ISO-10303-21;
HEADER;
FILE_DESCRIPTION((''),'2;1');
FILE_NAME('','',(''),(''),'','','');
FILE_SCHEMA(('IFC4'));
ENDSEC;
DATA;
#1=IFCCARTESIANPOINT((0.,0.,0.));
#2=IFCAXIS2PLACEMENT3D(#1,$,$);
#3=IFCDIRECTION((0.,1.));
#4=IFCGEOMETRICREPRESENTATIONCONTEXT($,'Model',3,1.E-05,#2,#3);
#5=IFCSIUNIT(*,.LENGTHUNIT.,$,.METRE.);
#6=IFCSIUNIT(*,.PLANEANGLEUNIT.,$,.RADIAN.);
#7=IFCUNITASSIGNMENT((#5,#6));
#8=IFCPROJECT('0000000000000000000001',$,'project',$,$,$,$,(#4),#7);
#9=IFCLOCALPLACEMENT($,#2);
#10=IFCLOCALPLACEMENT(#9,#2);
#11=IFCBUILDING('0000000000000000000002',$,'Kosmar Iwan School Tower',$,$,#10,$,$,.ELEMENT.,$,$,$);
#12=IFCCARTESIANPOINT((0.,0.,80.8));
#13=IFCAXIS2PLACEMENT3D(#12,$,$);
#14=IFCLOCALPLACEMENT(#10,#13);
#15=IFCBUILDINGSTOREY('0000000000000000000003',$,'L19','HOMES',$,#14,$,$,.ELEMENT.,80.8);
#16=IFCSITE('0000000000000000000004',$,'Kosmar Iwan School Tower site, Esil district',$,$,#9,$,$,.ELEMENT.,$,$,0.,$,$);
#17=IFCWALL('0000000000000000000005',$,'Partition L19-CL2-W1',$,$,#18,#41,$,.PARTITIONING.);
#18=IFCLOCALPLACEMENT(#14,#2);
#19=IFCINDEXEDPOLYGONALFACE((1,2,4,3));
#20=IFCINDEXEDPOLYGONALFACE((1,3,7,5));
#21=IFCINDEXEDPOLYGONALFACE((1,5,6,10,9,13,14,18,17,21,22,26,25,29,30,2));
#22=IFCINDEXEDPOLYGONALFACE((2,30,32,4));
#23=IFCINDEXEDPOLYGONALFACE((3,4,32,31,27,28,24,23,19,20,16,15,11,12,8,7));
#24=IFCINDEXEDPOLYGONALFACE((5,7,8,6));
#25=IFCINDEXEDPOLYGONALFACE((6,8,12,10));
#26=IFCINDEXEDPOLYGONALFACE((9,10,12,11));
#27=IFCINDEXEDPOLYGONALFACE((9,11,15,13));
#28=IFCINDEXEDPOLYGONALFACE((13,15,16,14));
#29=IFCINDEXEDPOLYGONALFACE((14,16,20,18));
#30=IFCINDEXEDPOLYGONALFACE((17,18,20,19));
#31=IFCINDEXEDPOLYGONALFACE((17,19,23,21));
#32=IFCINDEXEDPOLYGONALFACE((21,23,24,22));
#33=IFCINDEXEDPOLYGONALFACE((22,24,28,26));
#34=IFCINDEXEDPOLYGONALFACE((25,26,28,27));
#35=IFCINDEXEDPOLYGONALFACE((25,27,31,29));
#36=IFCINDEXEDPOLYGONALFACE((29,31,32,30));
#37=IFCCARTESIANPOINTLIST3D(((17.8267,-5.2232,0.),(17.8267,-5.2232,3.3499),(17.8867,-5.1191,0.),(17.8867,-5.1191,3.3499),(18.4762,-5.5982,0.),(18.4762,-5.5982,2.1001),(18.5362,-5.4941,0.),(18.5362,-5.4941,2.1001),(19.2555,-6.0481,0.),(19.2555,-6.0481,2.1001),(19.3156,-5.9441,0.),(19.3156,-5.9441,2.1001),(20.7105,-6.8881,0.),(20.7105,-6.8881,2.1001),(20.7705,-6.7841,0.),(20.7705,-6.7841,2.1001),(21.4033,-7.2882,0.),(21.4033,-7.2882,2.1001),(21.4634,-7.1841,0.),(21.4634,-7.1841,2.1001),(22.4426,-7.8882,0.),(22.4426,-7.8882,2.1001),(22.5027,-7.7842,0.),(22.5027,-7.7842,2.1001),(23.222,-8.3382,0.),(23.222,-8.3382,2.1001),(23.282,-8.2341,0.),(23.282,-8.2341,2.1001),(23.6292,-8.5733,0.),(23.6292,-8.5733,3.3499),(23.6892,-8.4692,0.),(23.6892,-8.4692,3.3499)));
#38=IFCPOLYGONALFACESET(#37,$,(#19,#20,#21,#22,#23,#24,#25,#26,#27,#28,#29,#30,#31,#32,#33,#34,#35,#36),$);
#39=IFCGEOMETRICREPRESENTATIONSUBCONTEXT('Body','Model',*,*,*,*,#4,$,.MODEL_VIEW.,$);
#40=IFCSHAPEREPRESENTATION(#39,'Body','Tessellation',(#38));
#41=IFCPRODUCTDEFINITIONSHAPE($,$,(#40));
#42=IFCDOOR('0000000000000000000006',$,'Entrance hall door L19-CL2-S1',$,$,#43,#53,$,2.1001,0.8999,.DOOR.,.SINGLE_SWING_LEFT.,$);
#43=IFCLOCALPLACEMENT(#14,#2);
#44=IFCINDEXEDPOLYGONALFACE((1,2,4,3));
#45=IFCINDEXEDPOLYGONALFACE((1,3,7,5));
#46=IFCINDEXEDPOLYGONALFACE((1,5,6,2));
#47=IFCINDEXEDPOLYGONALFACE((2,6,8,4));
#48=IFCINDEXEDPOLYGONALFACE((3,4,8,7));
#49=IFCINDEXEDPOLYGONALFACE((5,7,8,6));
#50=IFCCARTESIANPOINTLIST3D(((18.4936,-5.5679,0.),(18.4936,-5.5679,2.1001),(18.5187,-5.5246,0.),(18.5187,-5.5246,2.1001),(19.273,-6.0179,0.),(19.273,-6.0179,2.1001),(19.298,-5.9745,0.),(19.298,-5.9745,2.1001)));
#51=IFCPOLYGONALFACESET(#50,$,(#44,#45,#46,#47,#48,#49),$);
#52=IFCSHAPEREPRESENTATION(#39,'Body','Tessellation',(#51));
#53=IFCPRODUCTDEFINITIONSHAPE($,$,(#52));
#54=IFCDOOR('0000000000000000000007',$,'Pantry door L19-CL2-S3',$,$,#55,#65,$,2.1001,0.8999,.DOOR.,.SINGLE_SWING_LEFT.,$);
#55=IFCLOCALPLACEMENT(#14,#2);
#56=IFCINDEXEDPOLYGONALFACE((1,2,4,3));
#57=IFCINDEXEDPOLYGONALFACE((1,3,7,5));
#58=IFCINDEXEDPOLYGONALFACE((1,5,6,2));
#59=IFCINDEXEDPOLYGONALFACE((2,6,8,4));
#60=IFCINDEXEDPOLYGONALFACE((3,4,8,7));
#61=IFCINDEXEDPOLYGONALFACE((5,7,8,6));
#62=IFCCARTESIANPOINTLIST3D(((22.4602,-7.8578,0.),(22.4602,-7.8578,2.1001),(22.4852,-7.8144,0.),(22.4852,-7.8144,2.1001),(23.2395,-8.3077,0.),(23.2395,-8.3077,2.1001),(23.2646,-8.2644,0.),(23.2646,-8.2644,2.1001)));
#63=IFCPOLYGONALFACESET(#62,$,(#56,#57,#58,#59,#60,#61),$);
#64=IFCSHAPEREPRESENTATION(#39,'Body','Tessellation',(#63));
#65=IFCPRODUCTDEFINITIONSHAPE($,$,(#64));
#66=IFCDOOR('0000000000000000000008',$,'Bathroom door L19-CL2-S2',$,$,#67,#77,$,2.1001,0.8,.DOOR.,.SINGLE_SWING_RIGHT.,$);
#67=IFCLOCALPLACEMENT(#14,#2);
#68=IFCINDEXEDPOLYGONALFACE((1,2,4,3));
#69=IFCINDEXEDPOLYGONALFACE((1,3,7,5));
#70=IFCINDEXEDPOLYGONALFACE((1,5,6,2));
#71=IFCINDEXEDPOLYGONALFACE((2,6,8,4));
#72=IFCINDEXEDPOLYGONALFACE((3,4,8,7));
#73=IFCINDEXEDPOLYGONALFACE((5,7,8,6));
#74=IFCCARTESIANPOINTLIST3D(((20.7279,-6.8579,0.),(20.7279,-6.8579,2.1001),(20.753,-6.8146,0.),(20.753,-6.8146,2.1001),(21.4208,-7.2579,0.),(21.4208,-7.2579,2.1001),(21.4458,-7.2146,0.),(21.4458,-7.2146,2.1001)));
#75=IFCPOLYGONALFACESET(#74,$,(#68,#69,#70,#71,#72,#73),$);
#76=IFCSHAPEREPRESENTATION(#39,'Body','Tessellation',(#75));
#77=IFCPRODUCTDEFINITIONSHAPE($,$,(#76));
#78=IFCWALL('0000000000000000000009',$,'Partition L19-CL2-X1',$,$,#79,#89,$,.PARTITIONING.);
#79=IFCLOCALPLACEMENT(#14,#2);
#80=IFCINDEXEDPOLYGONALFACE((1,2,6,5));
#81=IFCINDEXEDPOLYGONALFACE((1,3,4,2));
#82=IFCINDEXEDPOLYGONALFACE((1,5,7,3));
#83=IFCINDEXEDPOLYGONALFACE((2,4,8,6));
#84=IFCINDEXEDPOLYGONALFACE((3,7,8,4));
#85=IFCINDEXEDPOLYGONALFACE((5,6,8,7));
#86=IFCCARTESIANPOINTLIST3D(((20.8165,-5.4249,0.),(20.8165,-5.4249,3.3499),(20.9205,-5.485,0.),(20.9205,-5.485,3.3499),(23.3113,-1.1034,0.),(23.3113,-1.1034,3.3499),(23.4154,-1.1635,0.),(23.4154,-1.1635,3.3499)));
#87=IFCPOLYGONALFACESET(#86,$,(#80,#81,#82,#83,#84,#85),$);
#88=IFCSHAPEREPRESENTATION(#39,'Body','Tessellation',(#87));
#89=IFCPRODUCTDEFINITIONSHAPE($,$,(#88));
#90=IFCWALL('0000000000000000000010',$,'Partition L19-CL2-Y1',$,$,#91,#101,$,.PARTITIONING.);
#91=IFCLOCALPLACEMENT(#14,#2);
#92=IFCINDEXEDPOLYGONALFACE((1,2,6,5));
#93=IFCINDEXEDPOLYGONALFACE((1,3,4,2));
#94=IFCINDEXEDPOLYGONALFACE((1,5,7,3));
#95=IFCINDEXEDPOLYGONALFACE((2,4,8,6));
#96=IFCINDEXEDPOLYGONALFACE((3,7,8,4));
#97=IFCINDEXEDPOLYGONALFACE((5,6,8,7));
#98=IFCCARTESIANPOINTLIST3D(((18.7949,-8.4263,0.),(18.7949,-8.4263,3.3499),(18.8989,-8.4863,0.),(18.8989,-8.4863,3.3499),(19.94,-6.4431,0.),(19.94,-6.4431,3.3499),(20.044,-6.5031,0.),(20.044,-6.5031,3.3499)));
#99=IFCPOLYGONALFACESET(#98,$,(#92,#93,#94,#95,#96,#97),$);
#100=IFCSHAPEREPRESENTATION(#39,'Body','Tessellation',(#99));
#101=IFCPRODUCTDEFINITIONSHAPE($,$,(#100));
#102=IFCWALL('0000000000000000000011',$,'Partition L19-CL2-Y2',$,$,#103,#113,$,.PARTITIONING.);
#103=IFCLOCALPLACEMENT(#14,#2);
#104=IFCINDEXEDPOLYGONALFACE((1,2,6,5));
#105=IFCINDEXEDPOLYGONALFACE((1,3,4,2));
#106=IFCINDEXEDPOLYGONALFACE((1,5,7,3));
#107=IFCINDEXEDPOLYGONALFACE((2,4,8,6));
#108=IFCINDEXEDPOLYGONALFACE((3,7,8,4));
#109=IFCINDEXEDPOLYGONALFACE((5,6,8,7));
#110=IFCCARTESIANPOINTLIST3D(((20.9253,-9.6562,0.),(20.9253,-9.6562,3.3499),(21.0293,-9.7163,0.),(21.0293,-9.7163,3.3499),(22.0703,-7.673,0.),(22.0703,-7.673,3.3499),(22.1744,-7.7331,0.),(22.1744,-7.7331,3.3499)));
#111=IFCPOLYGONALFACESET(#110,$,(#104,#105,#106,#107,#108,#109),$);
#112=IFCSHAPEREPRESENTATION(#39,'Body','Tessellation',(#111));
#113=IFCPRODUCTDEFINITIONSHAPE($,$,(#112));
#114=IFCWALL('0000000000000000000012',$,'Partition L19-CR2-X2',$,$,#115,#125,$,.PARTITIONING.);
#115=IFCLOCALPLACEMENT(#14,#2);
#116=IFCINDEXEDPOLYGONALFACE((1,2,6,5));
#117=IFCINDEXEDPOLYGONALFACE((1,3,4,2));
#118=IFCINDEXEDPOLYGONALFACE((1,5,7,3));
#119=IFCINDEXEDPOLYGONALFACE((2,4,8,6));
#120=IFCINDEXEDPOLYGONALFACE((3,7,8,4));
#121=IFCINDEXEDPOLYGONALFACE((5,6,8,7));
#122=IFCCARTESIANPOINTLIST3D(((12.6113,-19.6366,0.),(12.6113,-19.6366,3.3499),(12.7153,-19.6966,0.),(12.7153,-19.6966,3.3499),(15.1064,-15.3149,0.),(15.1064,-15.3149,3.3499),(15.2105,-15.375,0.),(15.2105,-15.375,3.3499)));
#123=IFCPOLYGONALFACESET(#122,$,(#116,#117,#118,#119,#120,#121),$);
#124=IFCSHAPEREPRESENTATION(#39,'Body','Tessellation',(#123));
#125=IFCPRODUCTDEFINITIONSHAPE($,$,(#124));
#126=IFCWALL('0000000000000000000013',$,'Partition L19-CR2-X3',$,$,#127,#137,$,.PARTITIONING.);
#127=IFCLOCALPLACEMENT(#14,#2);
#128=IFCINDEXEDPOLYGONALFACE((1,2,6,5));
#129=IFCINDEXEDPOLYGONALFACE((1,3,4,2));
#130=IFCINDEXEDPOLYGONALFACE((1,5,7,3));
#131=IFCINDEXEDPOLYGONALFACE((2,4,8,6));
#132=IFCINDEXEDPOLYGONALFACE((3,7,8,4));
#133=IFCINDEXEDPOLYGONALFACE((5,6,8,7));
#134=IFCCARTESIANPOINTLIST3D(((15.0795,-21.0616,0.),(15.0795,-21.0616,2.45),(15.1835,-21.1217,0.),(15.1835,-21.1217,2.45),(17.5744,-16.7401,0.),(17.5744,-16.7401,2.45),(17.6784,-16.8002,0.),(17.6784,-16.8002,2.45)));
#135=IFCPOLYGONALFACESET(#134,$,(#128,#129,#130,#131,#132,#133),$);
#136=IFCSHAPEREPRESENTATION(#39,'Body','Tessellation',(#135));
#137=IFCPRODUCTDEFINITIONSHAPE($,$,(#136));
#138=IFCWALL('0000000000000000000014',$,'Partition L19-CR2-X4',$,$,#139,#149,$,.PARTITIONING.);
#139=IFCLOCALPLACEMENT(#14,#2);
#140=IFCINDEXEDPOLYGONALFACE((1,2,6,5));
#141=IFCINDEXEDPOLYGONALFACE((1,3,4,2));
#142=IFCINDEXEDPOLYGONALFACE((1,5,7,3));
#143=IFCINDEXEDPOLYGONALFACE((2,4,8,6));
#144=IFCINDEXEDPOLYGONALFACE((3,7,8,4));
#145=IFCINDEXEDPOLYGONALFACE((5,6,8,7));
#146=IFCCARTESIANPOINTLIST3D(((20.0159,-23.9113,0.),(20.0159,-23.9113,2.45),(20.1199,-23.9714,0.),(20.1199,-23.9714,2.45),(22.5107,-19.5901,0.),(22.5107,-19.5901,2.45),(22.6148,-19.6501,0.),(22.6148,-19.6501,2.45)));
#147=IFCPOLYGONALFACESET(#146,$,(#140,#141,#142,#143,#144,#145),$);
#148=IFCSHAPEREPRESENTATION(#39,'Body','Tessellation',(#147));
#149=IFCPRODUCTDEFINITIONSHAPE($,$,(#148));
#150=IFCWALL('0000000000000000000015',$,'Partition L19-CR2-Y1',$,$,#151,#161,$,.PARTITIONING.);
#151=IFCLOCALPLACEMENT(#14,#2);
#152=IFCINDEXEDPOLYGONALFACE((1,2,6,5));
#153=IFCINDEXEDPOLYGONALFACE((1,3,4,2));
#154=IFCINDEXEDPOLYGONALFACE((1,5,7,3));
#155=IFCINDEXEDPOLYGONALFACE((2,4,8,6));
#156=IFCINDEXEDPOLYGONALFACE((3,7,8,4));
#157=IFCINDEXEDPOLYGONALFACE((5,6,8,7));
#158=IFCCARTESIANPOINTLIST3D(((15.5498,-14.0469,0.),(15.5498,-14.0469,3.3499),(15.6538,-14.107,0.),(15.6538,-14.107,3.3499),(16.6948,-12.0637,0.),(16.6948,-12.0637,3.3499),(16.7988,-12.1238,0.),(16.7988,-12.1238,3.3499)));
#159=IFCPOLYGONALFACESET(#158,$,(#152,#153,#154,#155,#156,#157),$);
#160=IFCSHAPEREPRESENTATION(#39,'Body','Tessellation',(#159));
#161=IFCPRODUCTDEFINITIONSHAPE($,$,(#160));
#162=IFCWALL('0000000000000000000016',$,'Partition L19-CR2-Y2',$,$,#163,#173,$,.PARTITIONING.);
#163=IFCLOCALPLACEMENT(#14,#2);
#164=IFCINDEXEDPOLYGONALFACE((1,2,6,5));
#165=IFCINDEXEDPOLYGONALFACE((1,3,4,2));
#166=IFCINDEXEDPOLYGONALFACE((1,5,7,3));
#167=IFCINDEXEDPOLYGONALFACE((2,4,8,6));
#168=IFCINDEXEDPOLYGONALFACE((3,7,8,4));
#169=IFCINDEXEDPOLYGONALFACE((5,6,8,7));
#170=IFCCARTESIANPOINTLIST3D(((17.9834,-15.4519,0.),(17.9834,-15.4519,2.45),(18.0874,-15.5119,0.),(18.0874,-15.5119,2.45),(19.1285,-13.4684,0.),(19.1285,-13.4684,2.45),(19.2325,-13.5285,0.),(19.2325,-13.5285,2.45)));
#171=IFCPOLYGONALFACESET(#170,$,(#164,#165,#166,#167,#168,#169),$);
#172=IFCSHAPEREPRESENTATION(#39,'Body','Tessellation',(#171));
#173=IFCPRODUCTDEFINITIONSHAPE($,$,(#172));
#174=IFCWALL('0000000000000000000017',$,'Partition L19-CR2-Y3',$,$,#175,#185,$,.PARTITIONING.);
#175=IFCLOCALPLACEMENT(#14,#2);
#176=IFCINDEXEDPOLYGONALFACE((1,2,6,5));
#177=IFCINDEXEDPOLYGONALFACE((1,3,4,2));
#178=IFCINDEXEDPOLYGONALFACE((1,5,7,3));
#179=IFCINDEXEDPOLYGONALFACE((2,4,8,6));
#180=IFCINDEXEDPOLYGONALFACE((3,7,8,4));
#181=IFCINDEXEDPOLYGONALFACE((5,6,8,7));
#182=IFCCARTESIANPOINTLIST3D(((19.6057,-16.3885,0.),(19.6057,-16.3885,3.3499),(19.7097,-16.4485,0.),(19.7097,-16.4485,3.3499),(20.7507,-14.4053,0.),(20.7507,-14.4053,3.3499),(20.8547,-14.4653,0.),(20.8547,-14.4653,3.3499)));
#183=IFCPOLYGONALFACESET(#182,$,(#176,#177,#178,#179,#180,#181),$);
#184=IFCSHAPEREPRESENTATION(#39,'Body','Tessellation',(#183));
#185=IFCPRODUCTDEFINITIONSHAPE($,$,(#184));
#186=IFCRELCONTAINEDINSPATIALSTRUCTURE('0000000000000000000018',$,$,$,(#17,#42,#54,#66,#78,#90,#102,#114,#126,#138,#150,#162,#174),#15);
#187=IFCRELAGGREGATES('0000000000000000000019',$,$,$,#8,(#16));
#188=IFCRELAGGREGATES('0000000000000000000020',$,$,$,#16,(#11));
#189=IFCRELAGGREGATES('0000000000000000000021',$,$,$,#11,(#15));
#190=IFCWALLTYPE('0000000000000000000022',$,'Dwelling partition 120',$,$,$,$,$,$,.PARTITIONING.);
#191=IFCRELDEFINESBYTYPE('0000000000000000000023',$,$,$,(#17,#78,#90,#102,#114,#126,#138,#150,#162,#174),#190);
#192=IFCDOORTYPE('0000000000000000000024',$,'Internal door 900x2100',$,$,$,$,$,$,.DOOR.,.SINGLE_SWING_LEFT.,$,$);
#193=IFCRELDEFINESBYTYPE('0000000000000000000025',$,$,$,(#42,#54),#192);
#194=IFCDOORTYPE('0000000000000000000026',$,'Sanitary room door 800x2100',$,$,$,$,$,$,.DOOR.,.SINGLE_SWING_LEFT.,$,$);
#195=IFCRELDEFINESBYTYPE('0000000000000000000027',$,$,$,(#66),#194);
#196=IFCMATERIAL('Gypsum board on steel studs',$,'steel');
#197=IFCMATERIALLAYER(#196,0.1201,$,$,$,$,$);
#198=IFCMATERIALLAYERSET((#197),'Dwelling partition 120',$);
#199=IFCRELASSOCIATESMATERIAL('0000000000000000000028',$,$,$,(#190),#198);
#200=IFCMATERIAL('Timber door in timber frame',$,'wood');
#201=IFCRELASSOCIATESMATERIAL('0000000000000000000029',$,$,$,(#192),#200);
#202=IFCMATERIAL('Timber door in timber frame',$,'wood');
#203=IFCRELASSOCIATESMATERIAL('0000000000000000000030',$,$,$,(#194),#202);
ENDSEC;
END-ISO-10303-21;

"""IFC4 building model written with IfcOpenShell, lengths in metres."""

from ifc_helpers import new_model, si_unit, direction, frame, frame_2d, origin, place, context, subcontext, project, spatial, rectangle, extrude, material, layer, layer_set, type_object, element, fill, save


model = new_model("IFC4")

# Units and contexts
model_context = context("Model", 3, precision=1e-05, world=origin(), true_north=direction((0.0, 1.0)))
body_context = subcontext(model_context, "Body", "Model", "MODEL_VIEW")
ifc_project = project(units=[si_unit("LENGTHUNIT", "METRE"), si_unit("PLANEANGLEUNIT", "RADIAN")], contexts=[model_context])

# Site, building, storey
site_placement = place(None, origin())
site = spatial("IfcSite", under=ifc_project, at=site_placement, Name="Kosmar Iwan School Tower site, Esil district", CompositionType="ELEMENT", RefElevation=0.0)
building_placement = place(site_placement, origin())
building = spatial("IfcBuilding", under=site, at=building_placement, Name="Kosmar Iwan School Tower", CompositionType="ELEMENT")
storey_placement = place(building_placement, frame((0.0, 0.0, 80.8)))
storey = spatial("IfcBuildingStorey", under=building, at=storey_placement, Name="L19", Description="HOMES", CompositionType="ELEMENT", Elevation=80.8)

# Wall, openings, doors
ifc_material_1 = material(Name="Gypsum board on steel studs", Category="steel")
ifc_layer_1 = layer(ifc_material_1, 0.1201)
ifc_layer_set_1 = layer_set([ifc_layer_1], Name="Dwelling partition 120")
wall_type_1 = type_object("IfcWallType", Name="Dwelling partition 120", PredefinedType="PARTITIONING", material=ifc_layer_set_1)
wall_1_placement = place(storey_placement, frame((17.8567, -5.1711, 0.0), z_axis=(0.0, 0.0, 1.0), x_axis=(0.866024, -0.500003, 0.0)))
wall_1 = element("IfcWall", 1, at=wall_1_placement, inside=storey, type_object=wall_type_1, Name="Partition L19-CL2-W1", PredefinedType="PARTITIONING", context=body_context, shape_type="SweptSolid", body=[
    extrude(rectangle(XDim=6.7002, YDim=0.1201, at=frame_2d((3.3501, 0.0))), origin(), (0.0, 0.0, 1.0), 3.3499),
])
opening_1_placement = place(wall_1_placement, frame((0.75, 0.0, 0.0)))
opening_1 = element("IfcOpeningElement", 2, at=opening_1_placement, cuts=wall_1, PredefinedType="OPENING", context=body_context, shape_type="SweptSolid", body=[
    extrude(rectangle(XDim=0.8999, YDim=2.1001, at=frame_2d((0.45, 1.05))), frame((0.0, 0.072, 0.0), z_axis=(0.0, -1.0, 0.0), x_axis=(1.0, 0.0, 0.0)), (0.0, 0.0, 1.0), 0.144),
])
opening_2_placement = place(wall_1_placement, frame((3.3301, 0.0, 0.0)))
opening_2 = element("IfcOpeningElement", 3, at=opening_2_placement, cuts=wall_1, PredefinedType="OPENING", context=body_context, shape_type="SweptSolid", body=[
    extrude(rectangle(XDim=0.8, YDim=2.1001, at=frame_2d((0.3999, 1.05))), frame((0.0, 0.072, 0.0), z_axis=(0.0, -1.0, 0.0), x_axis=(1.0, 0.0, 0.0)), (0.0, 0.0, 1.0), 0.144),
])
opening_3_placement = place(wall_1_placement, frame((5.3301, 0.0, 0.0)))
opening_3 = element("IfcOpeningElement", 4, at=opening_3_placement, cuts=wall_1, PredefinedType="OPENING", context=body_context, shape_type="SweptSolid", body=[
    extrude(rectangle(XDim=0.8999, YDim=2.1001, at=frame_2d((0.45, 1.05))), frame((0.0, 0.072, 0.0), z_axis=(0.0, -1.0, 0.0), x_axis=(1.0, 0.0, 0.0)), (0.0, 0.0, 1.0), 0.144),
])
ifc_material_2 = material(Name="Timber door in timber frame", Category="wood")
door_type_1 = type_object("IfcDoorType", Name="Internal door 900x2100", OperationType="SINGLE_SWING_LEFT", PredefinedType="DOOR", material=ifc_material_2)
door_1_placement = place(opening_1_placement, origin())
door_1 = element("IfcDoor", 5, at=door_1_placement, inside=storey, type_object=door_type_1, Name="Entrance hall door L19-CL2-S1", OperationType="SINGLE_SWING_LEFT", OverallHeight=2.1001, OverallWidth=0.8999, PredefinedType="DOOR", context=body_context, shape_type="SweptSolid", body=[
    extrude(rectangle(XDim=0.8999, YDim=2.1001, at=frame_2d((0.45, 1.05))), frame((0.0, 0.0249, 0.0), z_axis=(0.0, -1.0, 0.0), x_axis=(1.0, 0.0, 0.0)), (0.0, 0.0, 1.0), 0.05),
])
fill(opening_1, door_1)
door_2_placement = place(opening_3_placement, frame((0.8999, 0.0, 0.0), z_axis=(0.0, 0.0, 1.0), x_axis=(-1.0, 0.0, 0.0)))
door_2 = element("IfcDoor", 6, at=door_2_placement, inside=storey, type_object=door_type_1, Name="Pantry door L19-CL2-S3", OperationType="SINGLE_SWING_LEFT", OverallHeight=2.1001, OverallWidth=0.8999, PredefinedType="DOOR", context=body_context, shape_type="SweptSolid", body=[
    extrude(rectangle(XDim=0.8999, YDim=2.1001, at=frame_2d((0.45, 1.05))), frame((0.0, 0.0249, 0.0), z_axis=(0.0, -1.0, 0.0), x_axis=(1.0, 0.0, 0.0)), (0.0, 0.0, 1.0), 0.05),
])
fill(opening_3, door_2)
ifc_material_3 = material(Name="Timber door in timber frame", Category="wood")
door_type_2 = type_object("IfcDoorType", Name="Sanitary room door 800x2100", OperationType="SINGLE_SWING_LEFT", PredefinedType="DOOR", material=ifc_material_3)
door_3_placement = place(opening_2_placement, origin())
door_3 = element("IfcDoor", 7, at=door_3_placement, inside=storey, type_object=door_type_2, Name="Bathroom door L19-CL2-S2", OperationType="SINGLE_SWING_RIGHT", OverallHeight=2.1001, OverallWidth=0.8, PredefinedType="DOOR", context=body_context, shape_type="SweptSolid", body=[
    extrude(rectangle(XDim=0.8, YDim=2.1001, at=frame_2d((0.3999, 1.05))), frame((0.0, 0.0249, 0.0), z_axis=(0.0, -1.0, 0.0), x_axis=(1.0, 0.0, 0.0)), (0.0, 0.0, 1.0), 0.05),
])
fill(opening_2, door_3)

# Walls
wall_2_placement = place(storey_placement, frame((20.8684, -5.4551, 0.0), z_axis=(0.0, 0.0, 1.0), x_axis=(0.499975, 0.86604, 0.0)))
element("IfcWall", 8, at=wall_2_placement, inside=storey, type_object=wall_type_1, Name="Partition L19-CL2-X1", PredefinedType="PARTITIONING", context=body_context, shape_type="SweptSolid", body=[
    extrude(rectangle(XDim=4.99, YDim=0.1201, at=frame_2d((2.4951, 0.0))), origin(), (0.0, 0.0, 1.0), 3.3499),
])
for number, where, z_axis, x_axis, name in (
    (9, (18.8469, -8.4563, 0.0), (0.0, 0.0, 1.0), (0.500015, 0.866017, 0.0), "Partition L19-CL2-Y1"),
    (10, (20.9773, -9.6863, 0.0), (0.0, 0.0, 1.0), (0.500015, 0.866017, 0.0), "Partition L19-CL2-Y2"),
):
    element("IfcWall", number, at=place(storey_placement, frame(where, z_axis=z_axis, x_axis=x_axis)), inside=storey, type_object=wall_type_1, Name=name, PredefinedType="PARTITIONING", context=body_context, shape_type="SweptSolid", body=[
        extrude(rectangle(XDim=2.29, YDim=0.1201, at=frame_2d((1.145, 0.0))), origin(), (0.0, 0.0, 1.0), 3.3499),
    ])
wall_3_placement = place(storey_placement, frame((15.1584, -15.345, 0.0), z_axis=(0.0, 0.0, 1.0), x_axis=(-0.500012, -0.866019, 0.0)))
element("IfcWall", 11, at=wall_3_placement, inside=storey, type_object=wall_type_1, Name="Partition L19-CR2-X2", PredefinedType="PARTITIONING", context=body_context, shape_type="SweptSolid", body=[
    extrude(rectangle(XDim=4.9902, YDim=0.1201, at=frame_2d((2.4951, 0.0))), origin(), (0.0, 0.0, 1.0), 3.3499),
])
wall_4_placement = place(storey_placement, frame((17.6265, -16.77, 0.0), z_axis=(0.0, 0.0, 1.0), x_axis=(-0.499975, -0.86604, 0.0)))
element("IfcWall", 12, at=wall_4_placement, inside=storey, type_object=wall_type_1, Name="Partition L19-CR2-X3", PredefinedType="PARTITIONING", context=body_context, shape_type="SweptSolid", body=[
    extrude(rectangle(XDim=4.99, YDim=0.1201, at=frame_2d((2.4951, 0.0))), origin(), (0.0, 0.0, 1.0), 2.45),
])
wall_5_placement = place(storey_placement, frame((22.5627, -19.6201, 0.0), z_axis=(0.0, 0.0, 1.0), x_axis=(-0.499996, -0.866028, 0.0)))
element("IfcWall", 13, at=wall_5_placement, inside=storey, type_object=wall_type_1, Name="Partition L19-CR2-X4", PredefinedType="PARTITIONING", context=body_context, shape_type="SweptSolid", body=[
    extrude(rectangle(XDim=4.9897, YDim=0.1201, at=frame_2d((2.4949, 0.0))), origin(), (0.0, 0.0, 1.0), 2.45),
])
wall_6_placement = place(storey_placement, frame((16.7468, -12.0938, 0.0), z_axis=(0.0, 0.0, 1.0), x_axis=(-0.500015, -0.866017, 0.0)))
element("IfcWall", 14, at=wall_6_placement, inside=storey, type_object=wall_type_1, Name="Partition L19-CR2-Y1", PredefinedType="PARTITIONING", context=body_context, shape_type="SweptSolid", body=[
    extrude(rectangle(XDim=2.29, YDim=0.1201, at=frame_2d((1.145, 0.0))), origin(), (0.0, 0.0, 1.0), 3.3499),
])
wall_7_placement = place(storey_placement, frame((19.1804, -13.4985, 0.0), z_axis=(0.0, 0.0, 1.0), x_axis=(-0.499969, -0.866044, 0.0)))
element("IfcWall", 15, at=wall_7_placement, inside=storey, type_object=wall_type_1, Name="Partition L19-CR2-Y2", PredefinedType="PARTITIONING", context=body_context, shape_type="SweptSolid", body=[
    extrude(rectangle(XDim=2.2903, YDim=0.1201, at=frame_2d((1.145, 0.0))), origin(), (0.0, 0.0, 1.0), 2.45),
])
for number, where, z_axis, x_axis, name in (
    (16, (20.8027, -14.4353, 0.0), (0.0, 0.0, 1.0), (-0.500015, -0.866017, 0.0), "Partition L19-CR2-Y3"),
):
    element("IfcWall", number, at=place(storey_placement, frame(where, z_axis=z_axis, x_axis=x_axis)), inside=storey, type_object=wall_type_1, Name=name, PredefinedType="PARTITIONING", context=body_context, shape_type="SweptSolid", body=[
        extrude(rectangle(XDim=2.29, YDim=0.1201, at=frame_2d((1.145, 0.0))), origin(), (0.0, 0.0, 1.0), 3.3499),
    ])

save(model, "model.ifc")
